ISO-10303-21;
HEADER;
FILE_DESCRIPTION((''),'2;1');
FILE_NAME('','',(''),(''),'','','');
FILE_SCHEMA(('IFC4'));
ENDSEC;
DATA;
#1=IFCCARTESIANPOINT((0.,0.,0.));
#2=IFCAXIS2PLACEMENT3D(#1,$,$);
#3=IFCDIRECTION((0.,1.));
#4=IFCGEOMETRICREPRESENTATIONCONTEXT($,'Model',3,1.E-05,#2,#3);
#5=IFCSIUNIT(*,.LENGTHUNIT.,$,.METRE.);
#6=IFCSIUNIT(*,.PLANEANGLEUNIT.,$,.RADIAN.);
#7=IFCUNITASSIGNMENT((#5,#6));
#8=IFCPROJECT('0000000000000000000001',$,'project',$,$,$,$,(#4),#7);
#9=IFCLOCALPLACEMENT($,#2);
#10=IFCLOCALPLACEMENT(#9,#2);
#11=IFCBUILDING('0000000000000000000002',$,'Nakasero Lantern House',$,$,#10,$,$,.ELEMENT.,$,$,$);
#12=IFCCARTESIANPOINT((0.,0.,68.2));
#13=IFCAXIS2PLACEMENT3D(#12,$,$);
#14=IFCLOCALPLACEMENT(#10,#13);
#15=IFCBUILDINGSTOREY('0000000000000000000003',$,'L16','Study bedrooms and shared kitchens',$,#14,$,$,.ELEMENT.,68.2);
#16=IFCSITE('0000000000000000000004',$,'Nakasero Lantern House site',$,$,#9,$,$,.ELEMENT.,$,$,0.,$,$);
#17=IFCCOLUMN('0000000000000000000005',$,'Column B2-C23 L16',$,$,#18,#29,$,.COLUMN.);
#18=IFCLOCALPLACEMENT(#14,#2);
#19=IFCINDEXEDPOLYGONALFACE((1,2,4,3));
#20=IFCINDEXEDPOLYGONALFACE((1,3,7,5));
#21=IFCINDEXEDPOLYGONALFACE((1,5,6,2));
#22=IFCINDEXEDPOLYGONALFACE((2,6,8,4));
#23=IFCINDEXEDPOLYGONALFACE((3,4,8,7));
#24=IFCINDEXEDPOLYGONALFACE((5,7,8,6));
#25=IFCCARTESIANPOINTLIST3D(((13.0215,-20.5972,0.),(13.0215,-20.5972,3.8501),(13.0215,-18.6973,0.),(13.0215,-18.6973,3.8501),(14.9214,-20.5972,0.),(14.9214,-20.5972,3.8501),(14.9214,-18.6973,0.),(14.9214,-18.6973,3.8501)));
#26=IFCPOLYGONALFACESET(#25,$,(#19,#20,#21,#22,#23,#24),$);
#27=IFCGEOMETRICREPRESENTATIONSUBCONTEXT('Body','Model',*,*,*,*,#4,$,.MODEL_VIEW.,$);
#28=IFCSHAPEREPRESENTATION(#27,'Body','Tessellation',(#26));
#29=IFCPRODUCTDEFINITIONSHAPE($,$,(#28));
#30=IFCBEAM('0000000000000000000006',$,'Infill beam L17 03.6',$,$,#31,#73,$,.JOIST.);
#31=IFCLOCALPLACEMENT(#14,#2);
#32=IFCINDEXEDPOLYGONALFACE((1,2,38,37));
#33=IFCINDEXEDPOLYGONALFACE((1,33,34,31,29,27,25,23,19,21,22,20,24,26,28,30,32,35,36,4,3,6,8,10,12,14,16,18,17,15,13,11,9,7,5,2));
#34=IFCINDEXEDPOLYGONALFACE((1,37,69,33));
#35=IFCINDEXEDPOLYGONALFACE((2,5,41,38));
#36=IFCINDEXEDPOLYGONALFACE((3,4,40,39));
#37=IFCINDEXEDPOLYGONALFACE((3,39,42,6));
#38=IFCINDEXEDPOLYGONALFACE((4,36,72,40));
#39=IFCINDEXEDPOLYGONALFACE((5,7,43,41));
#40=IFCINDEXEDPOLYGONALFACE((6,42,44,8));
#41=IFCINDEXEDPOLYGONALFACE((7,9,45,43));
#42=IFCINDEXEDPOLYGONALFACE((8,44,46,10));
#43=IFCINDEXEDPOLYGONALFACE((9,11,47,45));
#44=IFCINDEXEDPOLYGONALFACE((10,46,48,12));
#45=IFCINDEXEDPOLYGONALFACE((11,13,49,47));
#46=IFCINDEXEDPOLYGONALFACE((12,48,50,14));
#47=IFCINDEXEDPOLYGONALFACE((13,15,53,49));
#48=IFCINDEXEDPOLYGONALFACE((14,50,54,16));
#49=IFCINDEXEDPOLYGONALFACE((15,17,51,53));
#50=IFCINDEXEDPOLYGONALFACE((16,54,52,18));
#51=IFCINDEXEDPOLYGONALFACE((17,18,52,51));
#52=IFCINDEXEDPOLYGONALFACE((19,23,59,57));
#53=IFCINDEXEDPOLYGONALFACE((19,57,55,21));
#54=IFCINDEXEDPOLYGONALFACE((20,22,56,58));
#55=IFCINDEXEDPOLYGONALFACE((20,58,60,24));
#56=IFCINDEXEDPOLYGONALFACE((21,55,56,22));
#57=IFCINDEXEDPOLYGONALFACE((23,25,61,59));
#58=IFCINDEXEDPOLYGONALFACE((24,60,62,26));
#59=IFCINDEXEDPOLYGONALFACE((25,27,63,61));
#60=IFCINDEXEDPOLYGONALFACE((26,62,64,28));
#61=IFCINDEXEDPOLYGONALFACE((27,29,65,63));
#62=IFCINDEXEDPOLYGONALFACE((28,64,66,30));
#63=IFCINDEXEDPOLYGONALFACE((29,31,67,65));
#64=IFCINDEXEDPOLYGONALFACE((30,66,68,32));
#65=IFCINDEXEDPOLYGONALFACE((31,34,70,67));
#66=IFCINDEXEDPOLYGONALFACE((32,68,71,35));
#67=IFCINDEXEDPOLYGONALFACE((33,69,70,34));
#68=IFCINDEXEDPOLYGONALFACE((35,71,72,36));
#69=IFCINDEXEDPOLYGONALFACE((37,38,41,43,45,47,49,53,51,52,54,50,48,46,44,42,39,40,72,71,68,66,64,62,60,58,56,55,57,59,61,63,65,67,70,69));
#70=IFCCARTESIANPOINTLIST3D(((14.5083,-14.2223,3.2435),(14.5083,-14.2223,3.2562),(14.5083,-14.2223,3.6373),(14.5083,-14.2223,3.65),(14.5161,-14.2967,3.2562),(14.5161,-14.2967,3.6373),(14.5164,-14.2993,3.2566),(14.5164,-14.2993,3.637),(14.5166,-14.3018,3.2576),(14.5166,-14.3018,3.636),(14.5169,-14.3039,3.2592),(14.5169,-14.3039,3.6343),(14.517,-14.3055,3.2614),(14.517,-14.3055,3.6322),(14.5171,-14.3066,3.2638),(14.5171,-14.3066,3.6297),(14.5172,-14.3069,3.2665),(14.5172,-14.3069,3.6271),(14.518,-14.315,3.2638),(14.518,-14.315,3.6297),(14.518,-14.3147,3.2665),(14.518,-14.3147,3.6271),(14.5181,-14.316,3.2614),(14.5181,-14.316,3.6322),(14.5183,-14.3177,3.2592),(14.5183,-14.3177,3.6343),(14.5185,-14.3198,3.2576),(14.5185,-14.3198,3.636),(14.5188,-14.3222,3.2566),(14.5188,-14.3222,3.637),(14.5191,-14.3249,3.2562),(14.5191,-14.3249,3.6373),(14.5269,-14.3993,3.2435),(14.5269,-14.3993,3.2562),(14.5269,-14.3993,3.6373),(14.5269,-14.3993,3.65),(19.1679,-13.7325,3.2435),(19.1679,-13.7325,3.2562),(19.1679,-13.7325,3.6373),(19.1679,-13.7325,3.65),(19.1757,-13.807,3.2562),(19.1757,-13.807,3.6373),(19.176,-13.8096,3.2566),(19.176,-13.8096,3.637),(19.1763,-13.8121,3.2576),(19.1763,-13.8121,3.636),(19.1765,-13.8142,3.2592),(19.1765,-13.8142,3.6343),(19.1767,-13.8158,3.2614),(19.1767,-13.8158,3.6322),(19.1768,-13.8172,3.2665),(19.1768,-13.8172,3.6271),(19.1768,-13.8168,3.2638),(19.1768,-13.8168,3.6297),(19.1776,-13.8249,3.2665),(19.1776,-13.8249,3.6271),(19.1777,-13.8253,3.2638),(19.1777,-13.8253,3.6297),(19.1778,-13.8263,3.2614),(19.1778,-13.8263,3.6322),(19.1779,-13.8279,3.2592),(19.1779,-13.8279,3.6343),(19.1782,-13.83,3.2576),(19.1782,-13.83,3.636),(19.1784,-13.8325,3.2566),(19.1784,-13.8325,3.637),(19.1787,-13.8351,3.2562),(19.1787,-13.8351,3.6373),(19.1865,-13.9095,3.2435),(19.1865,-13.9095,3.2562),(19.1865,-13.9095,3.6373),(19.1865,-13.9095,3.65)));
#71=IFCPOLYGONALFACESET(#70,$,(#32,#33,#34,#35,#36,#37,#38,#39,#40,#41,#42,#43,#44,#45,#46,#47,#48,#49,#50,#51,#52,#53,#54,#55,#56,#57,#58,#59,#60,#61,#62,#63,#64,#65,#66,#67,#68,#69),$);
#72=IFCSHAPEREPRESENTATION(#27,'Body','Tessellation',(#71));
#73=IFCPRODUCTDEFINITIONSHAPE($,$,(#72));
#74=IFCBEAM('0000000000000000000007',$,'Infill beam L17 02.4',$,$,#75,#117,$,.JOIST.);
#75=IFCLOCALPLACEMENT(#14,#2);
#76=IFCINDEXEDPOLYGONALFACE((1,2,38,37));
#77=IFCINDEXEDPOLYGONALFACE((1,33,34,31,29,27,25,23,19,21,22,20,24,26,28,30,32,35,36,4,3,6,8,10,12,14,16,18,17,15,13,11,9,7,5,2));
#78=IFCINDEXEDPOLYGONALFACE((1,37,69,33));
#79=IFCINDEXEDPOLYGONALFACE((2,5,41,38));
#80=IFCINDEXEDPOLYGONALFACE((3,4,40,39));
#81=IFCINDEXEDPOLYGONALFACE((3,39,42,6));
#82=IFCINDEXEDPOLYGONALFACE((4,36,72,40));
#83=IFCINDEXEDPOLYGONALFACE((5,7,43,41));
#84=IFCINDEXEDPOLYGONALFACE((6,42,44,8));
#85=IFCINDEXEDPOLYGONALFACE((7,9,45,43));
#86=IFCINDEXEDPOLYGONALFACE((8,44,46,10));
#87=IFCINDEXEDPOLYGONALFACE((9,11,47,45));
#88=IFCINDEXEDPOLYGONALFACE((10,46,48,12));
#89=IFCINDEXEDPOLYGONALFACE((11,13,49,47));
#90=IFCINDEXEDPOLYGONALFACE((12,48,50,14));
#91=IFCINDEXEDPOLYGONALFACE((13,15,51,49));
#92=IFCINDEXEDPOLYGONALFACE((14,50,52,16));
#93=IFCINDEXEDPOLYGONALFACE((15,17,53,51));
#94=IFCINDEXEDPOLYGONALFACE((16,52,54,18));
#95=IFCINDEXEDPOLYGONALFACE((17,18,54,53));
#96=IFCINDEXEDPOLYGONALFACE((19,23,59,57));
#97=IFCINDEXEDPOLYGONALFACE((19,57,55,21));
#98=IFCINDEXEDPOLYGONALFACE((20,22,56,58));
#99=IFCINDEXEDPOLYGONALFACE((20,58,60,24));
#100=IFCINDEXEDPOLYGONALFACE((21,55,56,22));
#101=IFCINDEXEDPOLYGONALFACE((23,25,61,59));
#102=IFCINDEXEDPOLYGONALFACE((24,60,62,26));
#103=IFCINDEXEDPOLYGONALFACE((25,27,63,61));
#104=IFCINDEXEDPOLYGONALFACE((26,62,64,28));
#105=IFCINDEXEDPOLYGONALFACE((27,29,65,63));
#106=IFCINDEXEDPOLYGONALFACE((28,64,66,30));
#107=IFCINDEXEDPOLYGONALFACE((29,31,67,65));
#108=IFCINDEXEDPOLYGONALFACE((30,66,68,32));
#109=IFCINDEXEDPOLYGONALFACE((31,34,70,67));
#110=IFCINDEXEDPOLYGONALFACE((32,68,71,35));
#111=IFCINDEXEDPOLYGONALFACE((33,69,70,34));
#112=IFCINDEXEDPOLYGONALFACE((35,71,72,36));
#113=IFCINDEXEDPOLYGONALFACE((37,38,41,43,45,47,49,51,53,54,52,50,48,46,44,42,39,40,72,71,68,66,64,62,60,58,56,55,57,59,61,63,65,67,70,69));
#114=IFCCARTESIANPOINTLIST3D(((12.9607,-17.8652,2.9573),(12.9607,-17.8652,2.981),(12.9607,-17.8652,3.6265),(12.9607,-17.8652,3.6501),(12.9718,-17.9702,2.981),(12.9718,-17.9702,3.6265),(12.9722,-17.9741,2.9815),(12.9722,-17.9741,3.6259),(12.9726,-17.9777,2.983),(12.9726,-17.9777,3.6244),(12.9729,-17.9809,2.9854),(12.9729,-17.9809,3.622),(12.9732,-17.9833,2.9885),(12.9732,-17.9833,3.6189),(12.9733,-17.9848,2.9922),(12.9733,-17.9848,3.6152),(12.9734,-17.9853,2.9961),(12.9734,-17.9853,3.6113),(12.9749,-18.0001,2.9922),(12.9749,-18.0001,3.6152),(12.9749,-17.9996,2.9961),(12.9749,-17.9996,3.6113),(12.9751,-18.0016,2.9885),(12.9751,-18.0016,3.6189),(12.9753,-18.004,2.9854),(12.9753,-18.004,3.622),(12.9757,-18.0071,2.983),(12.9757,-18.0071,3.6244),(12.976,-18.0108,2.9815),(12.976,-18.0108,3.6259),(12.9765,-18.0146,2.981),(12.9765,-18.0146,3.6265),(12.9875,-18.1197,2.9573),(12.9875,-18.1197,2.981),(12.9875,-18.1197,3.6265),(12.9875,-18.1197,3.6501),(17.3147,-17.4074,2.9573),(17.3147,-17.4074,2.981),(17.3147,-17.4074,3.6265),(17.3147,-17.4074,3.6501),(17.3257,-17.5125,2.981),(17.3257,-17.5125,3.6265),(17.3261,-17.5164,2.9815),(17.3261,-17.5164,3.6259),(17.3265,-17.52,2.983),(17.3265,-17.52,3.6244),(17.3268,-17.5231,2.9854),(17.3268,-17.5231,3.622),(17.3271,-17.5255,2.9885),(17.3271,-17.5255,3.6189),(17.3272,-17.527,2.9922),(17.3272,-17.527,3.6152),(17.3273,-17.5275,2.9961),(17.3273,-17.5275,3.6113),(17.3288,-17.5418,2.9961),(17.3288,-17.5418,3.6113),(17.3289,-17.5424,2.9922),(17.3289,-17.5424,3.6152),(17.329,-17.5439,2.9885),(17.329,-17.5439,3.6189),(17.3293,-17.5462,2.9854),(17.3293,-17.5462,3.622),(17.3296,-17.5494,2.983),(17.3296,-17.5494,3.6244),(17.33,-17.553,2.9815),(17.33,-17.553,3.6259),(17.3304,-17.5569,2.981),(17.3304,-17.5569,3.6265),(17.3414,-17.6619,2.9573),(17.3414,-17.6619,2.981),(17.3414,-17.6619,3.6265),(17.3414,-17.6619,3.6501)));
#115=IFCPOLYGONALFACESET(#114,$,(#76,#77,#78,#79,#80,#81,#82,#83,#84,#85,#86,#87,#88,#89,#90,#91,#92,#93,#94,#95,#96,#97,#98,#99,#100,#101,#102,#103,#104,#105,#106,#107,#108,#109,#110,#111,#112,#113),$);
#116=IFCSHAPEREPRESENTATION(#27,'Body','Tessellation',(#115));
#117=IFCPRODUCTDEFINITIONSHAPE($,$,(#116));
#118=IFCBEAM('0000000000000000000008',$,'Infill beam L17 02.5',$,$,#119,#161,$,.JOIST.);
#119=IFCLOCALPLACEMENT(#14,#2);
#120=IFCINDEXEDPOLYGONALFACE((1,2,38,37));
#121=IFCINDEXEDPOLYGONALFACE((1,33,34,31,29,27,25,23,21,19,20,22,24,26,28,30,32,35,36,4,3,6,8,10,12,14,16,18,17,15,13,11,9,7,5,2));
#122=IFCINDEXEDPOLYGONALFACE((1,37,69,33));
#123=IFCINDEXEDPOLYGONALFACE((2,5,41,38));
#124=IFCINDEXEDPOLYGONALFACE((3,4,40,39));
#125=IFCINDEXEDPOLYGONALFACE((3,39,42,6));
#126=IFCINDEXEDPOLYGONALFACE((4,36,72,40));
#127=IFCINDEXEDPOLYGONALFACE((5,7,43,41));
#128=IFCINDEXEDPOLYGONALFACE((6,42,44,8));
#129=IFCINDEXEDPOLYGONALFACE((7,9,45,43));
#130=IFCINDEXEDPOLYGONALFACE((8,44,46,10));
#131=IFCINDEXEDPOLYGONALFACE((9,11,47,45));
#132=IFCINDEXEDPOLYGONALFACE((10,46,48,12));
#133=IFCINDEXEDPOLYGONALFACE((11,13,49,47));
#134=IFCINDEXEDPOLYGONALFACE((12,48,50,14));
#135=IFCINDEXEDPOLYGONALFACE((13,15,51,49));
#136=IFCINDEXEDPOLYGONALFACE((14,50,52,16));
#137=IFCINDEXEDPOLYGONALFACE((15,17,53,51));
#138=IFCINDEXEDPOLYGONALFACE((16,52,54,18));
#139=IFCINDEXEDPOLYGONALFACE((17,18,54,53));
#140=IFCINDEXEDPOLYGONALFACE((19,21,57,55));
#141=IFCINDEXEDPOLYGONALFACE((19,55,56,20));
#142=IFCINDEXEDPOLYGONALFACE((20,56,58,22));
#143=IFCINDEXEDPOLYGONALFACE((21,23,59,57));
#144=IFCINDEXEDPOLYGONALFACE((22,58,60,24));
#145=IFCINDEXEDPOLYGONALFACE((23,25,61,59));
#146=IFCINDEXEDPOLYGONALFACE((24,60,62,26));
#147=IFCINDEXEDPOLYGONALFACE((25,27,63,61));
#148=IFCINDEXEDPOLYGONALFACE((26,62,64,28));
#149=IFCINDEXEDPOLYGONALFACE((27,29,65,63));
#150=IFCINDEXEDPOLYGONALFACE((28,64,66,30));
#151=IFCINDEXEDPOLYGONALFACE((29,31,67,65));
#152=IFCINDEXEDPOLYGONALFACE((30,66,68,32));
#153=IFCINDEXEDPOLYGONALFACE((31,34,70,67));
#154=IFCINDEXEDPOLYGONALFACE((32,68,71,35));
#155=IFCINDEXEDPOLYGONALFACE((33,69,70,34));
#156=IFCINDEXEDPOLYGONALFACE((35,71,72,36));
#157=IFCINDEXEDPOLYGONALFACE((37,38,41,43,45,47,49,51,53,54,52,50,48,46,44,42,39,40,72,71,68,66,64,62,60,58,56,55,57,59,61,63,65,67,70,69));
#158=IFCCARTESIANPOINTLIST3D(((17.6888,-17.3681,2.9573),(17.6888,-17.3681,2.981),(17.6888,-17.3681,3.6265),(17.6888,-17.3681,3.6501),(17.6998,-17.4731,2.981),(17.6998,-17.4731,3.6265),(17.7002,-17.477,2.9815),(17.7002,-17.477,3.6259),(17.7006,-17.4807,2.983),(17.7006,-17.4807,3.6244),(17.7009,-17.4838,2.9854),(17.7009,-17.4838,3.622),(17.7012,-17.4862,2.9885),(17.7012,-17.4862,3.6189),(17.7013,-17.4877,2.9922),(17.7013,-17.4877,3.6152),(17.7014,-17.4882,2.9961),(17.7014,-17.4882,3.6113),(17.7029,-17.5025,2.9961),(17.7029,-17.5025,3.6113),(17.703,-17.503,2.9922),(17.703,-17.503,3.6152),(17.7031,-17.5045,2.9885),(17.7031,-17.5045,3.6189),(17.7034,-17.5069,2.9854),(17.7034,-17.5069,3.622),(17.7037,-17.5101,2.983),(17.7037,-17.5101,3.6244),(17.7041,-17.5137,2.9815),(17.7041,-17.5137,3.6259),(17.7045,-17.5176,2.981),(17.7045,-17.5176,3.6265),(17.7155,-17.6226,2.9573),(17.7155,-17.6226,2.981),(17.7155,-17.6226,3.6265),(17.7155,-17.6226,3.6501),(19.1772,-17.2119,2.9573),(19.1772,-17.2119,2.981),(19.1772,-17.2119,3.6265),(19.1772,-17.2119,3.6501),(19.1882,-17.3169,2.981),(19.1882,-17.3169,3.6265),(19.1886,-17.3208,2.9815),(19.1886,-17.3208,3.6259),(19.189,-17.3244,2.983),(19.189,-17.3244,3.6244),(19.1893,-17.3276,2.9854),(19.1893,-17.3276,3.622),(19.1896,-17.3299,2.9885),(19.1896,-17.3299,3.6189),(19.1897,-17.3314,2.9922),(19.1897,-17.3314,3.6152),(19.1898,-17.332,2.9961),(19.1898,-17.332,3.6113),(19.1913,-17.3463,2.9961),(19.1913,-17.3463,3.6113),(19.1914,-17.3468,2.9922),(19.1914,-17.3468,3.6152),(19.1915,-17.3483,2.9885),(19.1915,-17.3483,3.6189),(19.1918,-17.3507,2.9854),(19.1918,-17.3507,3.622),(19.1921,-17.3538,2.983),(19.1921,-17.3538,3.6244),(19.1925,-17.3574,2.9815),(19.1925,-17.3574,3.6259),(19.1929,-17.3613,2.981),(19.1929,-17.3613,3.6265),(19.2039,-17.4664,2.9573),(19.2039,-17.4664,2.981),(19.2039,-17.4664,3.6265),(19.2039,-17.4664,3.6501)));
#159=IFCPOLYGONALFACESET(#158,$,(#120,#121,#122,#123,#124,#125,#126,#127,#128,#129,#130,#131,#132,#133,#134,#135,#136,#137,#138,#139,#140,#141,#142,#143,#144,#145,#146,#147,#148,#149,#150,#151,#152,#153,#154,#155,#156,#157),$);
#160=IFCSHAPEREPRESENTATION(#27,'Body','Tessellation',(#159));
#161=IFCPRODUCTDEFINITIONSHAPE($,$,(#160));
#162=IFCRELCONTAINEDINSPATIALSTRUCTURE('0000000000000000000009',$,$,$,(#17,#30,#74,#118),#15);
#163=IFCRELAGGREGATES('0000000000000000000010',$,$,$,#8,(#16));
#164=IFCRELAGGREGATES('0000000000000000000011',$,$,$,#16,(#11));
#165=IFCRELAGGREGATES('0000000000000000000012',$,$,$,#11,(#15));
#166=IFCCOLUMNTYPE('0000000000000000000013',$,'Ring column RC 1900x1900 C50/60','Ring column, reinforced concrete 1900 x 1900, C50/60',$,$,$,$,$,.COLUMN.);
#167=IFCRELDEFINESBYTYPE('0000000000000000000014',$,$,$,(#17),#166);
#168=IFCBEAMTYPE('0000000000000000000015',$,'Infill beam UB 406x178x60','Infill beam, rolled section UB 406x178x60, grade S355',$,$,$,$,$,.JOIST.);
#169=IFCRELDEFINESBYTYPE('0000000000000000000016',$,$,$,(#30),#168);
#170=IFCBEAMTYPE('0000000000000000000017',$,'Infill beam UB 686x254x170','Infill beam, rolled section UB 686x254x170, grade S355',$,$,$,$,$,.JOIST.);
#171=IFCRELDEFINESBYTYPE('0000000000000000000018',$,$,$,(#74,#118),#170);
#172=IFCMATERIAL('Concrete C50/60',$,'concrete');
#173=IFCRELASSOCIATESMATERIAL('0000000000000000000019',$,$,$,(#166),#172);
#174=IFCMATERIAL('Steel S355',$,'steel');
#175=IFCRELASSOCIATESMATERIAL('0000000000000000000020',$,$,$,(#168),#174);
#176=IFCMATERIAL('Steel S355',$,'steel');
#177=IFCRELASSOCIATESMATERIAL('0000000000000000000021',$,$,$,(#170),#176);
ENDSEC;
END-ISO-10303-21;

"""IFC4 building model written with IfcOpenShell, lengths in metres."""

from ifc_helpers import new_model, si_unit, direction, frame, origin, origin_2d, place, context, subcontext, project, spatial, rectangle, i_section, extrude, material, material_profile, profile_set, type_object, element, save


model = new_model("IFC4")

# Units and contexts
model_context = context("Model", 3, precision=1e-05, world=origin(), true_north=direction((0.0, 1.0)))
body_context = subcontext(model_context, "Body", "Model", "MODEL_VIEW")
ifc_project = project(units=[si_unit("LENGTHUNIT", "METRE"), si_unit("PLANEANGLEUNIT", "RADIAN")], contexts=[model_context])

# Site, building, storey
site_placement = place(None, origin())
site = spatial("IfcSite", under=ifc_project, at=site_placement, Name="Nakasero Lantern House site", CompositionType="ELEMENT", RefElevation=0.0)
building_placement = place(site_placement, origin())
building = spatial("IfcBuilding", under=site, at=building_placement, Name="Nakasero Lantern House", CompositionType="ELEMENT")
storey_placement = place(building_placement, frame((0.0, 0.0, 68.2)))
storey = spatial("IfcBuildingStorey", under=building, at=storey_placement, Name="L16", Description="Study bedrooms and shared kitchens", CompositionType="ELEMENT", Elevation=68.2)

# Column
ifc_material_1 = material(Name="Concrete C50/60", Category="concrete")
ifc_material_profile_1 = material_profile(ifc_material_1, rectangle(XDim=1.8999, YDim=1.8999, at=origin_2d()), Name="RC 1900x1900")
ifc_profile_set_1 = profile_set([ifc_material_profile_1], Name="Concrete C50/60")
column_type = type_object("IfcColumnType", Name="Ring column RC 1900x1900 C50/60", Description="Ring column, reinforced concrete 1900 x 1900, C50/60", PredefinedType="COLUMN", material=ifc_profile_set_1)
column_placement = place(storey_placement, frame((13.9714, -19.6472, 0.0), z_axis=(0.0, 0.0, 1.0), x_axis=(1.0, 0.0, 0.0)))
element("IfcColumn", 1, at=column_placement, inside=storey, type_object=column_type, Name="Column B2-C23 L16", PredefinedType="COLUMN", context=body_context, shape_type="SweptSolid", body=[
    extrude(rectangle(XDim=1.8999, YDim=1.8999, at=origin_2d()), origin(), (0.0, 0.0, 1.0), 3.8501),
])

# Beams
ifc_material_2 = material(Name="Steel S355", Category="steel")
ifc_material_profile_2 = material_profile(ifc_material_2, i_section(OverallWidth=0.178, OverallDepth=0.4065, WebThickness=0.0078, FlangeThickness=0.0127, FilletRadius=0.0103, at=origin_2d()), Name="UB 406x178x60")
ifc_profile_set_2 = profile_set([ifc_material_profile_2], Name="Steel S355")
beam_type_1 = type_object("IfcBeamType", Name="Infill beam UB 406x178x60", Description="Infill beam, rolled section UB 406x178x60, grade S355", PredefinedType="JOIST", material=ifc_profile_set_2)
beam_1_placement = place(storey_placement, frame((14.5176, -14.3108, 3.4468), z_axis=(0.994522, 0.104527, 0.0), x_axis=(-0.104527, 0.994522, 0.0)))
element("IfcBeam", 2, at=beam_1_placement, inside=storey, type_object=beam_type_1, Name="Infill beam L17 03.6", PredefinedType="JOIST", context=body_context, shape_type="SweptSolid", body=[
    extrude(i_section(OverallWidth=0.178, OverallDepth=0.4065, WebThickness=0.0078, FlangeThickness=0.0127, FilletRadius=0.0103, at=origin_2d()), origin(), (0.0, 0.0, 1.0), 4.6853),
])
ifc_material_3 = material(Name="Steel S355", Category="steel")
ifc_material_profile_3 = material_profile(ifc_material_3, i_section(OverallWidth=0.2559, OverallDepth=0.6929, WebThickness=0.0144, FlangeThickness=0.0237, FilletRadius=0.0151, at=origin_2d()), Name="UB 686x254x170")
ifc_profile_set_3 = profile_set([ifc_material_profile_3], Name="Steel S355")
beam_type_2 = type_object("IfcBeamType", Name="Infill beam UB 686x254x170", Description="Infill beam, rolled section UB 686x254x170, grade S355", PredefinedType="JOIST", material=ifc_profile_set_3)
beam_2_placement = place(storey_placement, frame((12.9741, -17.9924, 3.3037), z_axis=(0.994519, 0.10456, 0.0), x_axis=(-0.10456, 0.994519, 0.0)))
element("IfcBeam", 3, at=beam_2_placement, inside=storey, type_object=beam_type_2, Name="Infill beam L17 02.4", PredefinedType="JOIST", context=body_context, shape_type="SweptSolid", body=[
    extrude(i_section(OverallWidth=0.2559, OverallDepth=0.6929, WebThickness=0.0144, FlangeThickness=0.0237, FilletRadius=0.0151, at=origin_2d()), origin(), (0.0, 0.0, 1.0), 4.3779),
])
beam_3_placement = place(storey_placement, frame((17.7021, -17.4954, 3.3037), z_axis=(0.994536, 0.104396, 0.0), x_axis=(-0.104396, 0.994536, 0.0)))
element("IfcBeam", 4, at=beam_3_placement, inside=storey, type_object=beam_type_2, Name="Infill beam L17 02.5", PredefinedType="JOIST", context=body_context, shape_type="SweptSolid", body=[
    extrude(i_section(OverallWidth=0.2559, OverallDepth=0.6929, WebThickness=0.0144, FlangeThickness=0.0237, FilletRadius=0.0151, at=origin_2d()), origin(), (0.0, 0.0, 1.0), 1.4966),
])

save(model, "model.ifc")
